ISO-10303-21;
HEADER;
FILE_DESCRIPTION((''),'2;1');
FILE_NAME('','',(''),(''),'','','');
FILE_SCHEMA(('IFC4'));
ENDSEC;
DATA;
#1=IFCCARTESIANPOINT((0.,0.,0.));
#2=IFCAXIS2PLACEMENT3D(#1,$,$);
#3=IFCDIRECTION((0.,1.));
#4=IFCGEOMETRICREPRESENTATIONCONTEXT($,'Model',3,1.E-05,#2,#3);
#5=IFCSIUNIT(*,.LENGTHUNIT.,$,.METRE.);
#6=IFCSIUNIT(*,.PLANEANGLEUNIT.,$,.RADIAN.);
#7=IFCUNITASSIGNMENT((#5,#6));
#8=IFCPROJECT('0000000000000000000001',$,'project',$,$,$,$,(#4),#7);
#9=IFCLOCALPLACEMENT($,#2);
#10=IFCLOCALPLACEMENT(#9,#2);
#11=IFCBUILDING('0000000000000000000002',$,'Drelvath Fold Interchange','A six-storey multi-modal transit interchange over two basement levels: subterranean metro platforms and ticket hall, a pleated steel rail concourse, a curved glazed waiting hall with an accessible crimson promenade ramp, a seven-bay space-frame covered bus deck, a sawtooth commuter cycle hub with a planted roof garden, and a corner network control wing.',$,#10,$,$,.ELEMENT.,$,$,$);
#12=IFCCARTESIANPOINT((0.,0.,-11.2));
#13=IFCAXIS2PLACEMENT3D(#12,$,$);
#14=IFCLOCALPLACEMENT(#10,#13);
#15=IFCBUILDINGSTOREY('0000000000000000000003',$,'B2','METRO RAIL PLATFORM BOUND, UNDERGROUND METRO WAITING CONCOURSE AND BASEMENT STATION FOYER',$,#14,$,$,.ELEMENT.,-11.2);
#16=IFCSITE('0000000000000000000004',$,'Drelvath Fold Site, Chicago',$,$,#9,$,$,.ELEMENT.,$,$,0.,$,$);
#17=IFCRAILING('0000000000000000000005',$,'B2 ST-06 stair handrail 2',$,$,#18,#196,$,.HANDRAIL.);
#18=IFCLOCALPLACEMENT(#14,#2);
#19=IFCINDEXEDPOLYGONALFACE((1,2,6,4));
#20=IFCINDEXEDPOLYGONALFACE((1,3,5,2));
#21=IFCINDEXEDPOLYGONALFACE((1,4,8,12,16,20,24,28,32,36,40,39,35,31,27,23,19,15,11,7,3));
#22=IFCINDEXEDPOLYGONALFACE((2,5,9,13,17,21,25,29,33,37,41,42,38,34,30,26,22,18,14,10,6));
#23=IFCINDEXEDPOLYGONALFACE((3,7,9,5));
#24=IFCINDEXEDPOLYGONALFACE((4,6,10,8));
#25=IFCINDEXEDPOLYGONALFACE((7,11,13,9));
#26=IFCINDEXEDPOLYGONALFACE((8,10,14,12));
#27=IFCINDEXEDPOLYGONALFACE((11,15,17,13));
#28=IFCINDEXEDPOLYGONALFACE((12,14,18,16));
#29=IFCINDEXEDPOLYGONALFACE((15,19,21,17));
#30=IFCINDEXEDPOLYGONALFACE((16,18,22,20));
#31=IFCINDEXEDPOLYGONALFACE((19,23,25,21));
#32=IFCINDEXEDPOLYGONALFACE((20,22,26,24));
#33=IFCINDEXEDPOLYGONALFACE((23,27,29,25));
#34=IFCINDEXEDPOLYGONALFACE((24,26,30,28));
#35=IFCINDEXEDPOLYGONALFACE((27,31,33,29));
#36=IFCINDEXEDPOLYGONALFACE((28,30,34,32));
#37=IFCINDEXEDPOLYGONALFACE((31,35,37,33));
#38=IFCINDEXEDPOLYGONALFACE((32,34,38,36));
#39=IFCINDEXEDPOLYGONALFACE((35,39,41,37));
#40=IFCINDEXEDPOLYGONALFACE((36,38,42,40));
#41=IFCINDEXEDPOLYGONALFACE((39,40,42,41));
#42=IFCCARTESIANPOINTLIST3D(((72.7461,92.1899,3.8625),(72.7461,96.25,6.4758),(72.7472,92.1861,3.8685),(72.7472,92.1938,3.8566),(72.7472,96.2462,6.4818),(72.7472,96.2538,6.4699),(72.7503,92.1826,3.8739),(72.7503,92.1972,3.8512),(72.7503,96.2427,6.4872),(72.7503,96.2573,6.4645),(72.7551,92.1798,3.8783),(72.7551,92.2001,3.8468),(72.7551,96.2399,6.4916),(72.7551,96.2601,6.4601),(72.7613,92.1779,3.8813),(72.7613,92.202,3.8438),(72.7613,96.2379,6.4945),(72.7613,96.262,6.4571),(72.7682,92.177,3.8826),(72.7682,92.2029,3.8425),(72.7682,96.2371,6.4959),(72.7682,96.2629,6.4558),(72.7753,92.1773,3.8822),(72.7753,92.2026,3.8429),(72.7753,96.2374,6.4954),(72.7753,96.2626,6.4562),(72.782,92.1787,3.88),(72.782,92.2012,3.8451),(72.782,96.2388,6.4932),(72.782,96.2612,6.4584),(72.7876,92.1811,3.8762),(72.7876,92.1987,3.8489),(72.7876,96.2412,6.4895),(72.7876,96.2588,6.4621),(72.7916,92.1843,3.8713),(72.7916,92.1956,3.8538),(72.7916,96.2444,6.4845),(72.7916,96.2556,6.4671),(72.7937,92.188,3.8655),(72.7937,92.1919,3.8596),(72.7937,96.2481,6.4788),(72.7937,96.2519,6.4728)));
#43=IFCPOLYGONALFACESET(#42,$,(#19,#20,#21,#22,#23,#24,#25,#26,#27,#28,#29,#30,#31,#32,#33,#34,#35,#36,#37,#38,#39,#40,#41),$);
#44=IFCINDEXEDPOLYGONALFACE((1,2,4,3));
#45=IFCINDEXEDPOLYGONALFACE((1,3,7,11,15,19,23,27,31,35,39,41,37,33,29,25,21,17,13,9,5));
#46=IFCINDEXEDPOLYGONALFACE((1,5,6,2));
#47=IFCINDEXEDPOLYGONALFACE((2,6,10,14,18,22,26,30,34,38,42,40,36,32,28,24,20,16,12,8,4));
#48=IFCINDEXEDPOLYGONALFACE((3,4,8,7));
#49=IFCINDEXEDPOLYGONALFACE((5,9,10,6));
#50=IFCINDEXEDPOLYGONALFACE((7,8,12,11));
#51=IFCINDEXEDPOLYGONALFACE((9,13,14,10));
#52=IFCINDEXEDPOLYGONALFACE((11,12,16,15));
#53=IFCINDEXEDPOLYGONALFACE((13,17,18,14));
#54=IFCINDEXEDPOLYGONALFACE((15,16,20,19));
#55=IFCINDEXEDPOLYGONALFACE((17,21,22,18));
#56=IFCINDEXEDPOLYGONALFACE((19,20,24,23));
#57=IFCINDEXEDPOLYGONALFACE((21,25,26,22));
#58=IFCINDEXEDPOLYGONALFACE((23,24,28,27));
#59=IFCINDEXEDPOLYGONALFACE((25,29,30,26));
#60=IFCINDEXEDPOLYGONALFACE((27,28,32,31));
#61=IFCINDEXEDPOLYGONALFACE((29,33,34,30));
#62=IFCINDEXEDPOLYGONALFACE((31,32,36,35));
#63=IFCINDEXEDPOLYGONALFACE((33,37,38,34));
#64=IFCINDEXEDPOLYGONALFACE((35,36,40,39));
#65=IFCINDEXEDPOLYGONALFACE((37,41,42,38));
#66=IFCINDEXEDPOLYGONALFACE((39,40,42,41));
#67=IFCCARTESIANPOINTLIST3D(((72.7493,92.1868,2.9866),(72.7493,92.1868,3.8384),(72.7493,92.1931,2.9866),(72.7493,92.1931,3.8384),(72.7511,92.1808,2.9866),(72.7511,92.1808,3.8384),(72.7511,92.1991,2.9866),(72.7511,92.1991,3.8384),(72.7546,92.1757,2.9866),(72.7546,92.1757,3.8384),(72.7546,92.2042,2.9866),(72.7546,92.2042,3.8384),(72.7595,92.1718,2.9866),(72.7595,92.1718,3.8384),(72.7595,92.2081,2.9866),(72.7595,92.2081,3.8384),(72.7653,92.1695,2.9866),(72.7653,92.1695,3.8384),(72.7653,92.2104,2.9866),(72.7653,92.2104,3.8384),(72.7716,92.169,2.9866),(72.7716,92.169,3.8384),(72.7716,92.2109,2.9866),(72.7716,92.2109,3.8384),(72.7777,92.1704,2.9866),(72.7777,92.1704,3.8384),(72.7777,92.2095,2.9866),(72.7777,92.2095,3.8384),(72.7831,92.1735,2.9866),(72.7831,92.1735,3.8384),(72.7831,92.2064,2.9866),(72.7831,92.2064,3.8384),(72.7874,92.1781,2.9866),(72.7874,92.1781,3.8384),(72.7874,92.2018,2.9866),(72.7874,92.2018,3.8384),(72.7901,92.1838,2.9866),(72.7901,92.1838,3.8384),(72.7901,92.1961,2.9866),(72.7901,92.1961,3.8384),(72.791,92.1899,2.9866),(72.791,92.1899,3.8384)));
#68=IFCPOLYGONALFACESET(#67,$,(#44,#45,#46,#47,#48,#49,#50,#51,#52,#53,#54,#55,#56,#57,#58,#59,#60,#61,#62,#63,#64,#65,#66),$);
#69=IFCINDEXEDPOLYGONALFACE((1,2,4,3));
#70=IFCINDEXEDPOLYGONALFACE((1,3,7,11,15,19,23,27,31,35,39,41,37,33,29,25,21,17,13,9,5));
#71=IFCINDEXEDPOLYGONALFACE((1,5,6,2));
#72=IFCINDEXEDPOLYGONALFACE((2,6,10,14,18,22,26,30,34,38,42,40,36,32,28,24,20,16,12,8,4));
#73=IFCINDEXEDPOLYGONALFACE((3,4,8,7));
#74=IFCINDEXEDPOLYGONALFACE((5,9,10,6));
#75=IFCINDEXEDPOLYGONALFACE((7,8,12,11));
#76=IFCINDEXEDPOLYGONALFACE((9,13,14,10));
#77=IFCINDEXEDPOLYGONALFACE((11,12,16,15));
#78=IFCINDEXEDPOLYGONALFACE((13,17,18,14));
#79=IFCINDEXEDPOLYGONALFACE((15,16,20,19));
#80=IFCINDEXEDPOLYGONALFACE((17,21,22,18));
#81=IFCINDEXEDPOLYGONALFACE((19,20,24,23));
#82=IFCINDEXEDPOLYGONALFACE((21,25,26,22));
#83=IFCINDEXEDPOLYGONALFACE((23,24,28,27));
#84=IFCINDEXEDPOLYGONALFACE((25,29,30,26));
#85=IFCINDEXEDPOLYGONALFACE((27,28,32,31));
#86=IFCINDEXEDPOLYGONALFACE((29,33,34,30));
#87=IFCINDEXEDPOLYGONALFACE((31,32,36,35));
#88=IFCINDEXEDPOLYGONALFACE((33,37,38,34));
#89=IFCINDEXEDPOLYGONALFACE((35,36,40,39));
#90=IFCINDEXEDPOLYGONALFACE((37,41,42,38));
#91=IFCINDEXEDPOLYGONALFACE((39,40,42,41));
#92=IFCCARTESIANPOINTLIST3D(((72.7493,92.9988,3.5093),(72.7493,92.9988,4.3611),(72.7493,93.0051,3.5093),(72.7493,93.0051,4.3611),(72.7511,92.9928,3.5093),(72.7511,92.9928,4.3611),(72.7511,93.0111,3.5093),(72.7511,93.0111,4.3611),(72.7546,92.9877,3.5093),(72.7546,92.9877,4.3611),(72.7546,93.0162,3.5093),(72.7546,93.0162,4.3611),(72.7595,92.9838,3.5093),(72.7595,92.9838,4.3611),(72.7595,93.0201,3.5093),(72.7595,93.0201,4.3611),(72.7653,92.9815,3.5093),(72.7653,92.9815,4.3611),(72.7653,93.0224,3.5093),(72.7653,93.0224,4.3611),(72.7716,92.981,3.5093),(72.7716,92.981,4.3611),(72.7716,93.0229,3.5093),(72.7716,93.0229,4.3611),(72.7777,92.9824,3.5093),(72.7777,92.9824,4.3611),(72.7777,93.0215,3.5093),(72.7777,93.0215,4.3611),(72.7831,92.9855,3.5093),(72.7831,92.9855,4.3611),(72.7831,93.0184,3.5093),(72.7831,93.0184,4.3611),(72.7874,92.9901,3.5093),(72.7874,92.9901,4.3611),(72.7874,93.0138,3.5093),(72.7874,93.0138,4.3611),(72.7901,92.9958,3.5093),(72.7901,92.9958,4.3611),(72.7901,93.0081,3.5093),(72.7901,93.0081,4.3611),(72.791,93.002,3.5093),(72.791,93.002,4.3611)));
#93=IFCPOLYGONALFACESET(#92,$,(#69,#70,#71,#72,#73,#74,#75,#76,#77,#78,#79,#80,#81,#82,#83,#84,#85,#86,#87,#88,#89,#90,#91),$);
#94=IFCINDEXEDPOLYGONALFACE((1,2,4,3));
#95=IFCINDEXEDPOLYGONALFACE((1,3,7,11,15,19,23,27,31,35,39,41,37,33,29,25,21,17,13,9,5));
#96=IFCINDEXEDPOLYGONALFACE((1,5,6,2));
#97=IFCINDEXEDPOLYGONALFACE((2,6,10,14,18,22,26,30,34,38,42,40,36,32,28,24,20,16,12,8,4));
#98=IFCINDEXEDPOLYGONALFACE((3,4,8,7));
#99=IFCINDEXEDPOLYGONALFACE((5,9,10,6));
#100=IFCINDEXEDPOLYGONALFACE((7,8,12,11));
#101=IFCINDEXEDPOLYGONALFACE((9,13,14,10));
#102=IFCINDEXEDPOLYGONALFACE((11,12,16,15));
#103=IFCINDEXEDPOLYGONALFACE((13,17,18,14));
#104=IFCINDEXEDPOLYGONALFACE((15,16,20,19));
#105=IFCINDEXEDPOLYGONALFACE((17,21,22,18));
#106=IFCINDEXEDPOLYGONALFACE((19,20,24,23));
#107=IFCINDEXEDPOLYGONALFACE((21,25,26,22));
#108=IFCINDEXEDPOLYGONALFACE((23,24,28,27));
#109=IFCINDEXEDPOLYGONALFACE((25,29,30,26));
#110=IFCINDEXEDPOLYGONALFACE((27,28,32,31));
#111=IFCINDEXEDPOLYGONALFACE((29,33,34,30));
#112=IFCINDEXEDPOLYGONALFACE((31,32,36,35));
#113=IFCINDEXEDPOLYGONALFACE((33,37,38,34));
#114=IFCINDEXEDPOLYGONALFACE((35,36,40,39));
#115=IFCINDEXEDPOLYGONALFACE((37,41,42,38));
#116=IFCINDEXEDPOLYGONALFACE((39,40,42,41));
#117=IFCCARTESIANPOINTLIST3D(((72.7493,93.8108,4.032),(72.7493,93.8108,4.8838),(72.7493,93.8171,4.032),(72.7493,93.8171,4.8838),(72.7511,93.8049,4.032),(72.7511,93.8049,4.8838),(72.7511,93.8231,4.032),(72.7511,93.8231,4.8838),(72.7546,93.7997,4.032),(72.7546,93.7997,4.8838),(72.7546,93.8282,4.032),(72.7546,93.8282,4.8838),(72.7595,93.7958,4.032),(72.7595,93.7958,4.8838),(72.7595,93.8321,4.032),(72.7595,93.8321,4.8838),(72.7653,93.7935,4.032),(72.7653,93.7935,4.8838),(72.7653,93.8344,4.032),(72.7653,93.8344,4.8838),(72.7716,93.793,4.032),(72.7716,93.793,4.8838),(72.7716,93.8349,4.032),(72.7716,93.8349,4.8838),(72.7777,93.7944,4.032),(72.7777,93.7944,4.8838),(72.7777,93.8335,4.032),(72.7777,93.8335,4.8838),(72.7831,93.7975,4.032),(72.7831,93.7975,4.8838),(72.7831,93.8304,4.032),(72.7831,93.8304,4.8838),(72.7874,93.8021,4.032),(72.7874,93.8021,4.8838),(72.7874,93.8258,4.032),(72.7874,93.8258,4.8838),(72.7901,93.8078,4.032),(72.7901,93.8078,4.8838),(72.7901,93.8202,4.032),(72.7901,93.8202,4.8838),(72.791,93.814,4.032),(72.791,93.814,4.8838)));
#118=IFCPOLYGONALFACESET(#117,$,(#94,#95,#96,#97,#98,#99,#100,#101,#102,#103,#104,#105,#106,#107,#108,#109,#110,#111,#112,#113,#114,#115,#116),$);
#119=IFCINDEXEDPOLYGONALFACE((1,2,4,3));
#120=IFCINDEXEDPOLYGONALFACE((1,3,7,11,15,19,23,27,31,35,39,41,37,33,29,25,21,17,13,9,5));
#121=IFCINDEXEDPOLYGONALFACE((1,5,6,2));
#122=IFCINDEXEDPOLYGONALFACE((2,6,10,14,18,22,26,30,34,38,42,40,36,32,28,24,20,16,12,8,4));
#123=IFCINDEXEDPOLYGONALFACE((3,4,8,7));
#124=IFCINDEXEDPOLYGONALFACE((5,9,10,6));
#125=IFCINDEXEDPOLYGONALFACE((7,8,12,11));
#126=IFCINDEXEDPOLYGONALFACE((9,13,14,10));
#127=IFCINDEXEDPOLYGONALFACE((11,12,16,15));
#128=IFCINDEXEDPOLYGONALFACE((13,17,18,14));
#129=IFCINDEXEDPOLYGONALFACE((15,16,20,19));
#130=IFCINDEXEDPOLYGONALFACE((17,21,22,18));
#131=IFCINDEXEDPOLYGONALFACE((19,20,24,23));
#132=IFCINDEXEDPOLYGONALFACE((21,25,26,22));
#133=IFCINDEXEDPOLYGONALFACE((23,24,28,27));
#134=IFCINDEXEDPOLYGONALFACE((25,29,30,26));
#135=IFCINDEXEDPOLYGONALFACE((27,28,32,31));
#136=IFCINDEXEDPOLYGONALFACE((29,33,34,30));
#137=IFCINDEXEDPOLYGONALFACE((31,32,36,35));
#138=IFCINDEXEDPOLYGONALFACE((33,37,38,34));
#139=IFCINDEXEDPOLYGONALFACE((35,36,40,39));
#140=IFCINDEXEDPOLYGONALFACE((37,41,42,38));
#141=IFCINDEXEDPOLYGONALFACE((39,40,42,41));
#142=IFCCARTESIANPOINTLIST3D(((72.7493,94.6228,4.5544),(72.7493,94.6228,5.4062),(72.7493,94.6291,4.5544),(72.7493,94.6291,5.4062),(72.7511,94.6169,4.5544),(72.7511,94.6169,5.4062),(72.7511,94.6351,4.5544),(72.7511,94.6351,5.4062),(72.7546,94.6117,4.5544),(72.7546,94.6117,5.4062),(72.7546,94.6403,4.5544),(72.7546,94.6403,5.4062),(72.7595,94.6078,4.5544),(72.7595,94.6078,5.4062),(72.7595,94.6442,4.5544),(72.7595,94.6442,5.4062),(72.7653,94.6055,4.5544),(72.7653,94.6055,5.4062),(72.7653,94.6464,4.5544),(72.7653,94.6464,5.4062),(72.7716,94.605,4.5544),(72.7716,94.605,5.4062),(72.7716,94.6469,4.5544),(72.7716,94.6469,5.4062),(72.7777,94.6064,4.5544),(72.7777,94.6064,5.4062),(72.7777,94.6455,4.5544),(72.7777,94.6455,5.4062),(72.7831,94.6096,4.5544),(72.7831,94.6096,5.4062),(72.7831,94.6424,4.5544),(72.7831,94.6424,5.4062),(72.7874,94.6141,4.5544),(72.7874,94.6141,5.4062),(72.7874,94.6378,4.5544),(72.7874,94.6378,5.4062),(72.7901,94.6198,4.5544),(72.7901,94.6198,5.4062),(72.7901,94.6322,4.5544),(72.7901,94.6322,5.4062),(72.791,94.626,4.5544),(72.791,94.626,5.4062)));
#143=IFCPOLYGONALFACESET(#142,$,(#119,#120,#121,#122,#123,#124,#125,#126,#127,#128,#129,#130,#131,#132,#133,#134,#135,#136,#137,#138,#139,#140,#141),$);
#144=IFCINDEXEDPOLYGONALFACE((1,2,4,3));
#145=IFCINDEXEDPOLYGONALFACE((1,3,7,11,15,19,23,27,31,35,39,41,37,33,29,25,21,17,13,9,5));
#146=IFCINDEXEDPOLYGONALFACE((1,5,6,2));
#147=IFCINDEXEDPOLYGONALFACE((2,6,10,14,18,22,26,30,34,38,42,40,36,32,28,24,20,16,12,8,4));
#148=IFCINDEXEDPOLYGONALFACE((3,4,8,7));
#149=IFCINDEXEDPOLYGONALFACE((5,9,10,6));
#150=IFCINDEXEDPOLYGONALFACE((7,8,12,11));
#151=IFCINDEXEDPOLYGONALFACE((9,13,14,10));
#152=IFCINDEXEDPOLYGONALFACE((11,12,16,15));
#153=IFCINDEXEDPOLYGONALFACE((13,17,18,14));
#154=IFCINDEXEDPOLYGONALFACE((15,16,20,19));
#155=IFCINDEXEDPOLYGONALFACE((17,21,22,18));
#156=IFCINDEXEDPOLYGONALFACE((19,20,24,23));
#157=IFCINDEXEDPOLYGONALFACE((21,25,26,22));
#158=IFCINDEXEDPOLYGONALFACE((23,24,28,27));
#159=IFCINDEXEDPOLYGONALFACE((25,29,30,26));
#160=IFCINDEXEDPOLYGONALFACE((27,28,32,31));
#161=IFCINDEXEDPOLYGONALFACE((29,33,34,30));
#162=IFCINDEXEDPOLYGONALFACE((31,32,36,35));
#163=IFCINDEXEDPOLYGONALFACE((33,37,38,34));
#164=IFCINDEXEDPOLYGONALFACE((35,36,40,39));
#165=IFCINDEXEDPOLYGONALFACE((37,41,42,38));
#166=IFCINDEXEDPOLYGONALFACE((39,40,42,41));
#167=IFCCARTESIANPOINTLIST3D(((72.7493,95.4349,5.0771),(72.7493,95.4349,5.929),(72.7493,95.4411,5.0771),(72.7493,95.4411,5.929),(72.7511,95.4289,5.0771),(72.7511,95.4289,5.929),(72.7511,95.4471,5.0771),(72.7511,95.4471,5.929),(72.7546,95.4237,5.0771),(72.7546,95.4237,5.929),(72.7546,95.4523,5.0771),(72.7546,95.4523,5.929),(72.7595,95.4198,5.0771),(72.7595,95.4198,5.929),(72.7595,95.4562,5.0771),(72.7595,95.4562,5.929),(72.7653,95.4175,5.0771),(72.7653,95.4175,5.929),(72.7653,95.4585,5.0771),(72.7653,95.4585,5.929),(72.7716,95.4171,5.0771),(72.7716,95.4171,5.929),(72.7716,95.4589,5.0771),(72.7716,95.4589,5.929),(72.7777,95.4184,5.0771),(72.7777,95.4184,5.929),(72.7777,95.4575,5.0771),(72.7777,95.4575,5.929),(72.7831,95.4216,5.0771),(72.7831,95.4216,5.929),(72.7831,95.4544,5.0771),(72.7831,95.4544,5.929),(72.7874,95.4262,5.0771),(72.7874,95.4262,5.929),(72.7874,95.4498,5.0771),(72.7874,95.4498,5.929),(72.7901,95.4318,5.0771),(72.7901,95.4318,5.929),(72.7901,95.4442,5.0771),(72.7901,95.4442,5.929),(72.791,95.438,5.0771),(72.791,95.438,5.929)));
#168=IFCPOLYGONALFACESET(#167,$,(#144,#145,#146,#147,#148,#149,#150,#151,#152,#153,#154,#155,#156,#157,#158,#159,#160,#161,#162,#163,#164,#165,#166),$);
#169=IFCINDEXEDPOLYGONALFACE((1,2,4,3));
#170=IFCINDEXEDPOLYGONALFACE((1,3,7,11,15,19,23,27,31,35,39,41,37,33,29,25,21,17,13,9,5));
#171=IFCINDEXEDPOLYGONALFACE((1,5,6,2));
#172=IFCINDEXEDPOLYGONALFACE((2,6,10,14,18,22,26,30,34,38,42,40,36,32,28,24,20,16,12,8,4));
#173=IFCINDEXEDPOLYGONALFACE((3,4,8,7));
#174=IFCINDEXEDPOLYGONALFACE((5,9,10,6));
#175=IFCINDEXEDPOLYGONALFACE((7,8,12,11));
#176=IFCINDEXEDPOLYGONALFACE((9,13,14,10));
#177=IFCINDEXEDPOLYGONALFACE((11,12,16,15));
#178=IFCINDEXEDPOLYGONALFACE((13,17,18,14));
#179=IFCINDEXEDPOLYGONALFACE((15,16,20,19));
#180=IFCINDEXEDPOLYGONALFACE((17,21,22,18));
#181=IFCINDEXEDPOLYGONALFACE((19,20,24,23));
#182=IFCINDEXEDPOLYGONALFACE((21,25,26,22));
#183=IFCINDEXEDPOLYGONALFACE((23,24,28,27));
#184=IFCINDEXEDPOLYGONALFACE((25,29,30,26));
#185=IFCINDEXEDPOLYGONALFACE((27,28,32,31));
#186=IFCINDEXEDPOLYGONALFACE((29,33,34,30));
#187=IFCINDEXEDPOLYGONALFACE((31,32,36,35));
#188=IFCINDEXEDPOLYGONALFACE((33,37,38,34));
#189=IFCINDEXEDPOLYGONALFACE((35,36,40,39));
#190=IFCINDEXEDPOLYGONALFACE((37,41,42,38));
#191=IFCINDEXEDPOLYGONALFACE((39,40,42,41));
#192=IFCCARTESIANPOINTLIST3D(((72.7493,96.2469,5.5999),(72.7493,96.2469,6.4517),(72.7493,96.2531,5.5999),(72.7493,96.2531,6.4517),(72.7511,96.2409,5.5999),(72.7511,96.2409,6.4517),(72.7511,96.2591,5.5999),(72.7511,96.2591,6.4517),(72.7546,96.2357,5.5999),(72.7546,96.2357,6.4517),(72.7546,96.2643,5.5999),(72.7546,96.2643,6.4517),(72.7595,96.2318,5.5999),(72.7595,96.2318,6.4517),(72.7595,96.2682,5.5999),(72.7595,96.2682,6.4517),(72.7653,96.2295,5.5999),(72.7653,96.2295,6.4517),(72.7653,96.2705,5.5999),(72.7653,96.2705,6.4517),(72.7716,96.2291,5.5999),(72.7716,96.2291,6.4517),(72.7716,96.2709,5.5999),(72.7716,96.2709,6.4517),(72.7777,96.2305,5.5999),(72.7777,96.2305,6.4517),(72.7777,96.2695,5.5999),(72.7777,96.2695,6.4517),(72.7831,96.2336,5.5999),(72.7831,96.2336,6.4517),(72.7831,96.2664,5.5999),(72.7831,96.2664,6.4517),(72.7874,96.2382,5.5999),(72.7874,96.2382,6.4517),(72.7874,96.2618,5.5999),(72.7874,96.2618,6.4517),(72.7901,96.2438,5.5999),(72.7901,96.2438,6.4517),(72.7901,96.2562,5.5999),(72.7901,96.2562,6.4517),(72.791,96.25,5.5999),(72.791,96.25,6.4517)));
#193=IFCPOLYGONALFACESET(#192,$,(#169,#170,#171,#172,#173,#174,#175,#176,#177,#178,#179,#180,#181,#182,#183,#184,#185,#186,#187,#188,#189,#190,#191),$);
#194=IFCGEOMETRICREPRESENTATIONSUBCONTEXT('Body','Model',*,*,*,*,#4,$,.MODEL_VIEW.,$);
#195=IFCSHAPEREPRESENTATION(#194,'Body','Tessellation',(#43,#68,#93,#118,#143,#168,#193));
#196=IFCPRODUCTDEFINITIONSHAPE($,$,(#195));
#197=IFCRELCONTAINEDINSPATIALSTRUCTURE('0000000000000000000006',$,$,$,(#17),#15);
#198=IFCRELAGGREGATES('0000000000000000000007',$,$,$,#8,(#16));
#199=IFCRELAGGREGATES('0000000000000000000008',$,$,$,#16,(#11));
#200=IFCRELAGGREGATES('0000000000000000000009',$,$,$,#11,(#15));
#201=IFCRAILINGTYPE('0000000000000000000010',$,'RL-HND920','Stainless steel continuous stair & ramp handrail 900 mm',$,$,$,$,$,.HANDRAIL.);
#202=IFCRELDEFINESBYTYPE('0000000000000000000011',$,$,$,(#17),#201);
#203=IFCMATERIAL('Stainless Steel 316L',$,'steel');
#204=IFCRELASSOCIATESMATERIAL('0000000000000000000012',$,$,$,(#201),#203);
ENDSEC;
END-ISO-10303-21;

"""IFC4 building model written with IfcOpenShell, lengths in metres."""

from ifc_helpers import new_model, si_unit, direction, frame, origin, origin_2d, place, context, subcontext, project, spatial, circle, extrude, material, type_object, element, save


model = new_model("IFC4")

# Units and contexts
model_context = context("Model", 3, precision=1e-05, world=origin(), true_north=direction((0.0, 1.0)))
body_context = subcontext(model_context, "Body", "Model", "MODEL_VIEW")
ifc_project = project(units=[si_unit("LENGTHUNIT", "METRE"), si_unit("PLANEANGLEUNIT", "RADIAN")], contexts=[model_context])

# Site, building, storey
site_placement = place(None, origin())
site = spatial("IfcSite", under=ifc_project, at=site_placement, Name="Drelvath Fold Site, Chicago", CompositionType="ELEMENT", RefElevation=0.0)
building_placement = place(site_placement, origin())
building = spatial("IfcBuilding", under=site, at=building_placement, Name="Drelvath Fold Interchange", Description="A six-storey multi-modal transit interchange over two basement levels: subterranean metro platforms and ticket hall, a pleated steel rail concourse, a curved glazed waiting hall with an accessible crimson promenade ramp, a seven-bay space-frame covered bus deck, a sawtooth commuter cycle hub with a planted roof garden, and a corner network control wing.", CompositionType="ELEMENT")
storey_placement = place(building_placement, frame((0.0, 0.0, -11.2)))
storey = spatial("IfcBuildingStorey", under=building, at=storey_placement, Name="B2", Description="METRO RAIL PLATFORM BOUND, UNDERGROUND METRO WAITING CONCOURSE AND BASEMENT STATION FOYER", CompositionType="ELEMENT", Elevation=-11.2)

# Railing
ifc_material_1 = material(Name="Stainless Steel 316L", Category="steel")
railing_type_1 = type_object("IfcRailingType", Name="RL-HND920", Description="Stainless steel continuous stair & ramp handrail 900 mm", PredefinedType="HANDRAIL", material=ifc_material_1)
railing_1_placement = place(storey_placement, frame((72.77, 92.1899, 2.9866)))
element("IfcRailing", 1, at=railing_1_placement, inside=storey, type_object=railing_type_1, Name="B2 ST-06 stair handrail 2", PredefinedType="HANDRAIL", context=body_context, shape_type="SweptSolid", body=[
    extrude(circle(Radius=0.0239, at=origin_2d()), frame((0.0, 0.0, 0.876), z_axis=(0.0, 0.840873, 0.541233), x_axis=(-1.0, 0.0, 0.0)), (0.0, 0.0, 1.0), 4.8284),
    extrude(circle(Radius=0.021, at=origin_2d()), origin(), (0.0, 0.0, 1.0), 0.8518),
    extrude(circle(Radius=0.021, at=origin_2d()), frame((0.0, 0.812, 0.5227)), (0.0, 0.0, 1.0), 0.8518),
    extrude(circle(Radius=0.021, at=origin_2d()), frame((0.0, 1.624, 1.0454)), (0.0, 0.0, 1.0), 0.8518),
    extrude(circle(Radius=0.021, at=origin_2d()), frame((0.0, 2.436, 1.5679)), (0.0, 0.0, 1.0), 0.8518),
    extrude(circle(Radius=0.021, at=origin_2d()), frame((0.0, 3.248, 2.0906)), (0.0, 0.0, 1.0), 0.8518),
    extrude(circle(Radius=0.021, at=origin_2d()), frame((0.0, 4.0601, 2.6133)), (0.0, 0.0, 1.0), 0.8518),
])

save(model, "model.ifc")
